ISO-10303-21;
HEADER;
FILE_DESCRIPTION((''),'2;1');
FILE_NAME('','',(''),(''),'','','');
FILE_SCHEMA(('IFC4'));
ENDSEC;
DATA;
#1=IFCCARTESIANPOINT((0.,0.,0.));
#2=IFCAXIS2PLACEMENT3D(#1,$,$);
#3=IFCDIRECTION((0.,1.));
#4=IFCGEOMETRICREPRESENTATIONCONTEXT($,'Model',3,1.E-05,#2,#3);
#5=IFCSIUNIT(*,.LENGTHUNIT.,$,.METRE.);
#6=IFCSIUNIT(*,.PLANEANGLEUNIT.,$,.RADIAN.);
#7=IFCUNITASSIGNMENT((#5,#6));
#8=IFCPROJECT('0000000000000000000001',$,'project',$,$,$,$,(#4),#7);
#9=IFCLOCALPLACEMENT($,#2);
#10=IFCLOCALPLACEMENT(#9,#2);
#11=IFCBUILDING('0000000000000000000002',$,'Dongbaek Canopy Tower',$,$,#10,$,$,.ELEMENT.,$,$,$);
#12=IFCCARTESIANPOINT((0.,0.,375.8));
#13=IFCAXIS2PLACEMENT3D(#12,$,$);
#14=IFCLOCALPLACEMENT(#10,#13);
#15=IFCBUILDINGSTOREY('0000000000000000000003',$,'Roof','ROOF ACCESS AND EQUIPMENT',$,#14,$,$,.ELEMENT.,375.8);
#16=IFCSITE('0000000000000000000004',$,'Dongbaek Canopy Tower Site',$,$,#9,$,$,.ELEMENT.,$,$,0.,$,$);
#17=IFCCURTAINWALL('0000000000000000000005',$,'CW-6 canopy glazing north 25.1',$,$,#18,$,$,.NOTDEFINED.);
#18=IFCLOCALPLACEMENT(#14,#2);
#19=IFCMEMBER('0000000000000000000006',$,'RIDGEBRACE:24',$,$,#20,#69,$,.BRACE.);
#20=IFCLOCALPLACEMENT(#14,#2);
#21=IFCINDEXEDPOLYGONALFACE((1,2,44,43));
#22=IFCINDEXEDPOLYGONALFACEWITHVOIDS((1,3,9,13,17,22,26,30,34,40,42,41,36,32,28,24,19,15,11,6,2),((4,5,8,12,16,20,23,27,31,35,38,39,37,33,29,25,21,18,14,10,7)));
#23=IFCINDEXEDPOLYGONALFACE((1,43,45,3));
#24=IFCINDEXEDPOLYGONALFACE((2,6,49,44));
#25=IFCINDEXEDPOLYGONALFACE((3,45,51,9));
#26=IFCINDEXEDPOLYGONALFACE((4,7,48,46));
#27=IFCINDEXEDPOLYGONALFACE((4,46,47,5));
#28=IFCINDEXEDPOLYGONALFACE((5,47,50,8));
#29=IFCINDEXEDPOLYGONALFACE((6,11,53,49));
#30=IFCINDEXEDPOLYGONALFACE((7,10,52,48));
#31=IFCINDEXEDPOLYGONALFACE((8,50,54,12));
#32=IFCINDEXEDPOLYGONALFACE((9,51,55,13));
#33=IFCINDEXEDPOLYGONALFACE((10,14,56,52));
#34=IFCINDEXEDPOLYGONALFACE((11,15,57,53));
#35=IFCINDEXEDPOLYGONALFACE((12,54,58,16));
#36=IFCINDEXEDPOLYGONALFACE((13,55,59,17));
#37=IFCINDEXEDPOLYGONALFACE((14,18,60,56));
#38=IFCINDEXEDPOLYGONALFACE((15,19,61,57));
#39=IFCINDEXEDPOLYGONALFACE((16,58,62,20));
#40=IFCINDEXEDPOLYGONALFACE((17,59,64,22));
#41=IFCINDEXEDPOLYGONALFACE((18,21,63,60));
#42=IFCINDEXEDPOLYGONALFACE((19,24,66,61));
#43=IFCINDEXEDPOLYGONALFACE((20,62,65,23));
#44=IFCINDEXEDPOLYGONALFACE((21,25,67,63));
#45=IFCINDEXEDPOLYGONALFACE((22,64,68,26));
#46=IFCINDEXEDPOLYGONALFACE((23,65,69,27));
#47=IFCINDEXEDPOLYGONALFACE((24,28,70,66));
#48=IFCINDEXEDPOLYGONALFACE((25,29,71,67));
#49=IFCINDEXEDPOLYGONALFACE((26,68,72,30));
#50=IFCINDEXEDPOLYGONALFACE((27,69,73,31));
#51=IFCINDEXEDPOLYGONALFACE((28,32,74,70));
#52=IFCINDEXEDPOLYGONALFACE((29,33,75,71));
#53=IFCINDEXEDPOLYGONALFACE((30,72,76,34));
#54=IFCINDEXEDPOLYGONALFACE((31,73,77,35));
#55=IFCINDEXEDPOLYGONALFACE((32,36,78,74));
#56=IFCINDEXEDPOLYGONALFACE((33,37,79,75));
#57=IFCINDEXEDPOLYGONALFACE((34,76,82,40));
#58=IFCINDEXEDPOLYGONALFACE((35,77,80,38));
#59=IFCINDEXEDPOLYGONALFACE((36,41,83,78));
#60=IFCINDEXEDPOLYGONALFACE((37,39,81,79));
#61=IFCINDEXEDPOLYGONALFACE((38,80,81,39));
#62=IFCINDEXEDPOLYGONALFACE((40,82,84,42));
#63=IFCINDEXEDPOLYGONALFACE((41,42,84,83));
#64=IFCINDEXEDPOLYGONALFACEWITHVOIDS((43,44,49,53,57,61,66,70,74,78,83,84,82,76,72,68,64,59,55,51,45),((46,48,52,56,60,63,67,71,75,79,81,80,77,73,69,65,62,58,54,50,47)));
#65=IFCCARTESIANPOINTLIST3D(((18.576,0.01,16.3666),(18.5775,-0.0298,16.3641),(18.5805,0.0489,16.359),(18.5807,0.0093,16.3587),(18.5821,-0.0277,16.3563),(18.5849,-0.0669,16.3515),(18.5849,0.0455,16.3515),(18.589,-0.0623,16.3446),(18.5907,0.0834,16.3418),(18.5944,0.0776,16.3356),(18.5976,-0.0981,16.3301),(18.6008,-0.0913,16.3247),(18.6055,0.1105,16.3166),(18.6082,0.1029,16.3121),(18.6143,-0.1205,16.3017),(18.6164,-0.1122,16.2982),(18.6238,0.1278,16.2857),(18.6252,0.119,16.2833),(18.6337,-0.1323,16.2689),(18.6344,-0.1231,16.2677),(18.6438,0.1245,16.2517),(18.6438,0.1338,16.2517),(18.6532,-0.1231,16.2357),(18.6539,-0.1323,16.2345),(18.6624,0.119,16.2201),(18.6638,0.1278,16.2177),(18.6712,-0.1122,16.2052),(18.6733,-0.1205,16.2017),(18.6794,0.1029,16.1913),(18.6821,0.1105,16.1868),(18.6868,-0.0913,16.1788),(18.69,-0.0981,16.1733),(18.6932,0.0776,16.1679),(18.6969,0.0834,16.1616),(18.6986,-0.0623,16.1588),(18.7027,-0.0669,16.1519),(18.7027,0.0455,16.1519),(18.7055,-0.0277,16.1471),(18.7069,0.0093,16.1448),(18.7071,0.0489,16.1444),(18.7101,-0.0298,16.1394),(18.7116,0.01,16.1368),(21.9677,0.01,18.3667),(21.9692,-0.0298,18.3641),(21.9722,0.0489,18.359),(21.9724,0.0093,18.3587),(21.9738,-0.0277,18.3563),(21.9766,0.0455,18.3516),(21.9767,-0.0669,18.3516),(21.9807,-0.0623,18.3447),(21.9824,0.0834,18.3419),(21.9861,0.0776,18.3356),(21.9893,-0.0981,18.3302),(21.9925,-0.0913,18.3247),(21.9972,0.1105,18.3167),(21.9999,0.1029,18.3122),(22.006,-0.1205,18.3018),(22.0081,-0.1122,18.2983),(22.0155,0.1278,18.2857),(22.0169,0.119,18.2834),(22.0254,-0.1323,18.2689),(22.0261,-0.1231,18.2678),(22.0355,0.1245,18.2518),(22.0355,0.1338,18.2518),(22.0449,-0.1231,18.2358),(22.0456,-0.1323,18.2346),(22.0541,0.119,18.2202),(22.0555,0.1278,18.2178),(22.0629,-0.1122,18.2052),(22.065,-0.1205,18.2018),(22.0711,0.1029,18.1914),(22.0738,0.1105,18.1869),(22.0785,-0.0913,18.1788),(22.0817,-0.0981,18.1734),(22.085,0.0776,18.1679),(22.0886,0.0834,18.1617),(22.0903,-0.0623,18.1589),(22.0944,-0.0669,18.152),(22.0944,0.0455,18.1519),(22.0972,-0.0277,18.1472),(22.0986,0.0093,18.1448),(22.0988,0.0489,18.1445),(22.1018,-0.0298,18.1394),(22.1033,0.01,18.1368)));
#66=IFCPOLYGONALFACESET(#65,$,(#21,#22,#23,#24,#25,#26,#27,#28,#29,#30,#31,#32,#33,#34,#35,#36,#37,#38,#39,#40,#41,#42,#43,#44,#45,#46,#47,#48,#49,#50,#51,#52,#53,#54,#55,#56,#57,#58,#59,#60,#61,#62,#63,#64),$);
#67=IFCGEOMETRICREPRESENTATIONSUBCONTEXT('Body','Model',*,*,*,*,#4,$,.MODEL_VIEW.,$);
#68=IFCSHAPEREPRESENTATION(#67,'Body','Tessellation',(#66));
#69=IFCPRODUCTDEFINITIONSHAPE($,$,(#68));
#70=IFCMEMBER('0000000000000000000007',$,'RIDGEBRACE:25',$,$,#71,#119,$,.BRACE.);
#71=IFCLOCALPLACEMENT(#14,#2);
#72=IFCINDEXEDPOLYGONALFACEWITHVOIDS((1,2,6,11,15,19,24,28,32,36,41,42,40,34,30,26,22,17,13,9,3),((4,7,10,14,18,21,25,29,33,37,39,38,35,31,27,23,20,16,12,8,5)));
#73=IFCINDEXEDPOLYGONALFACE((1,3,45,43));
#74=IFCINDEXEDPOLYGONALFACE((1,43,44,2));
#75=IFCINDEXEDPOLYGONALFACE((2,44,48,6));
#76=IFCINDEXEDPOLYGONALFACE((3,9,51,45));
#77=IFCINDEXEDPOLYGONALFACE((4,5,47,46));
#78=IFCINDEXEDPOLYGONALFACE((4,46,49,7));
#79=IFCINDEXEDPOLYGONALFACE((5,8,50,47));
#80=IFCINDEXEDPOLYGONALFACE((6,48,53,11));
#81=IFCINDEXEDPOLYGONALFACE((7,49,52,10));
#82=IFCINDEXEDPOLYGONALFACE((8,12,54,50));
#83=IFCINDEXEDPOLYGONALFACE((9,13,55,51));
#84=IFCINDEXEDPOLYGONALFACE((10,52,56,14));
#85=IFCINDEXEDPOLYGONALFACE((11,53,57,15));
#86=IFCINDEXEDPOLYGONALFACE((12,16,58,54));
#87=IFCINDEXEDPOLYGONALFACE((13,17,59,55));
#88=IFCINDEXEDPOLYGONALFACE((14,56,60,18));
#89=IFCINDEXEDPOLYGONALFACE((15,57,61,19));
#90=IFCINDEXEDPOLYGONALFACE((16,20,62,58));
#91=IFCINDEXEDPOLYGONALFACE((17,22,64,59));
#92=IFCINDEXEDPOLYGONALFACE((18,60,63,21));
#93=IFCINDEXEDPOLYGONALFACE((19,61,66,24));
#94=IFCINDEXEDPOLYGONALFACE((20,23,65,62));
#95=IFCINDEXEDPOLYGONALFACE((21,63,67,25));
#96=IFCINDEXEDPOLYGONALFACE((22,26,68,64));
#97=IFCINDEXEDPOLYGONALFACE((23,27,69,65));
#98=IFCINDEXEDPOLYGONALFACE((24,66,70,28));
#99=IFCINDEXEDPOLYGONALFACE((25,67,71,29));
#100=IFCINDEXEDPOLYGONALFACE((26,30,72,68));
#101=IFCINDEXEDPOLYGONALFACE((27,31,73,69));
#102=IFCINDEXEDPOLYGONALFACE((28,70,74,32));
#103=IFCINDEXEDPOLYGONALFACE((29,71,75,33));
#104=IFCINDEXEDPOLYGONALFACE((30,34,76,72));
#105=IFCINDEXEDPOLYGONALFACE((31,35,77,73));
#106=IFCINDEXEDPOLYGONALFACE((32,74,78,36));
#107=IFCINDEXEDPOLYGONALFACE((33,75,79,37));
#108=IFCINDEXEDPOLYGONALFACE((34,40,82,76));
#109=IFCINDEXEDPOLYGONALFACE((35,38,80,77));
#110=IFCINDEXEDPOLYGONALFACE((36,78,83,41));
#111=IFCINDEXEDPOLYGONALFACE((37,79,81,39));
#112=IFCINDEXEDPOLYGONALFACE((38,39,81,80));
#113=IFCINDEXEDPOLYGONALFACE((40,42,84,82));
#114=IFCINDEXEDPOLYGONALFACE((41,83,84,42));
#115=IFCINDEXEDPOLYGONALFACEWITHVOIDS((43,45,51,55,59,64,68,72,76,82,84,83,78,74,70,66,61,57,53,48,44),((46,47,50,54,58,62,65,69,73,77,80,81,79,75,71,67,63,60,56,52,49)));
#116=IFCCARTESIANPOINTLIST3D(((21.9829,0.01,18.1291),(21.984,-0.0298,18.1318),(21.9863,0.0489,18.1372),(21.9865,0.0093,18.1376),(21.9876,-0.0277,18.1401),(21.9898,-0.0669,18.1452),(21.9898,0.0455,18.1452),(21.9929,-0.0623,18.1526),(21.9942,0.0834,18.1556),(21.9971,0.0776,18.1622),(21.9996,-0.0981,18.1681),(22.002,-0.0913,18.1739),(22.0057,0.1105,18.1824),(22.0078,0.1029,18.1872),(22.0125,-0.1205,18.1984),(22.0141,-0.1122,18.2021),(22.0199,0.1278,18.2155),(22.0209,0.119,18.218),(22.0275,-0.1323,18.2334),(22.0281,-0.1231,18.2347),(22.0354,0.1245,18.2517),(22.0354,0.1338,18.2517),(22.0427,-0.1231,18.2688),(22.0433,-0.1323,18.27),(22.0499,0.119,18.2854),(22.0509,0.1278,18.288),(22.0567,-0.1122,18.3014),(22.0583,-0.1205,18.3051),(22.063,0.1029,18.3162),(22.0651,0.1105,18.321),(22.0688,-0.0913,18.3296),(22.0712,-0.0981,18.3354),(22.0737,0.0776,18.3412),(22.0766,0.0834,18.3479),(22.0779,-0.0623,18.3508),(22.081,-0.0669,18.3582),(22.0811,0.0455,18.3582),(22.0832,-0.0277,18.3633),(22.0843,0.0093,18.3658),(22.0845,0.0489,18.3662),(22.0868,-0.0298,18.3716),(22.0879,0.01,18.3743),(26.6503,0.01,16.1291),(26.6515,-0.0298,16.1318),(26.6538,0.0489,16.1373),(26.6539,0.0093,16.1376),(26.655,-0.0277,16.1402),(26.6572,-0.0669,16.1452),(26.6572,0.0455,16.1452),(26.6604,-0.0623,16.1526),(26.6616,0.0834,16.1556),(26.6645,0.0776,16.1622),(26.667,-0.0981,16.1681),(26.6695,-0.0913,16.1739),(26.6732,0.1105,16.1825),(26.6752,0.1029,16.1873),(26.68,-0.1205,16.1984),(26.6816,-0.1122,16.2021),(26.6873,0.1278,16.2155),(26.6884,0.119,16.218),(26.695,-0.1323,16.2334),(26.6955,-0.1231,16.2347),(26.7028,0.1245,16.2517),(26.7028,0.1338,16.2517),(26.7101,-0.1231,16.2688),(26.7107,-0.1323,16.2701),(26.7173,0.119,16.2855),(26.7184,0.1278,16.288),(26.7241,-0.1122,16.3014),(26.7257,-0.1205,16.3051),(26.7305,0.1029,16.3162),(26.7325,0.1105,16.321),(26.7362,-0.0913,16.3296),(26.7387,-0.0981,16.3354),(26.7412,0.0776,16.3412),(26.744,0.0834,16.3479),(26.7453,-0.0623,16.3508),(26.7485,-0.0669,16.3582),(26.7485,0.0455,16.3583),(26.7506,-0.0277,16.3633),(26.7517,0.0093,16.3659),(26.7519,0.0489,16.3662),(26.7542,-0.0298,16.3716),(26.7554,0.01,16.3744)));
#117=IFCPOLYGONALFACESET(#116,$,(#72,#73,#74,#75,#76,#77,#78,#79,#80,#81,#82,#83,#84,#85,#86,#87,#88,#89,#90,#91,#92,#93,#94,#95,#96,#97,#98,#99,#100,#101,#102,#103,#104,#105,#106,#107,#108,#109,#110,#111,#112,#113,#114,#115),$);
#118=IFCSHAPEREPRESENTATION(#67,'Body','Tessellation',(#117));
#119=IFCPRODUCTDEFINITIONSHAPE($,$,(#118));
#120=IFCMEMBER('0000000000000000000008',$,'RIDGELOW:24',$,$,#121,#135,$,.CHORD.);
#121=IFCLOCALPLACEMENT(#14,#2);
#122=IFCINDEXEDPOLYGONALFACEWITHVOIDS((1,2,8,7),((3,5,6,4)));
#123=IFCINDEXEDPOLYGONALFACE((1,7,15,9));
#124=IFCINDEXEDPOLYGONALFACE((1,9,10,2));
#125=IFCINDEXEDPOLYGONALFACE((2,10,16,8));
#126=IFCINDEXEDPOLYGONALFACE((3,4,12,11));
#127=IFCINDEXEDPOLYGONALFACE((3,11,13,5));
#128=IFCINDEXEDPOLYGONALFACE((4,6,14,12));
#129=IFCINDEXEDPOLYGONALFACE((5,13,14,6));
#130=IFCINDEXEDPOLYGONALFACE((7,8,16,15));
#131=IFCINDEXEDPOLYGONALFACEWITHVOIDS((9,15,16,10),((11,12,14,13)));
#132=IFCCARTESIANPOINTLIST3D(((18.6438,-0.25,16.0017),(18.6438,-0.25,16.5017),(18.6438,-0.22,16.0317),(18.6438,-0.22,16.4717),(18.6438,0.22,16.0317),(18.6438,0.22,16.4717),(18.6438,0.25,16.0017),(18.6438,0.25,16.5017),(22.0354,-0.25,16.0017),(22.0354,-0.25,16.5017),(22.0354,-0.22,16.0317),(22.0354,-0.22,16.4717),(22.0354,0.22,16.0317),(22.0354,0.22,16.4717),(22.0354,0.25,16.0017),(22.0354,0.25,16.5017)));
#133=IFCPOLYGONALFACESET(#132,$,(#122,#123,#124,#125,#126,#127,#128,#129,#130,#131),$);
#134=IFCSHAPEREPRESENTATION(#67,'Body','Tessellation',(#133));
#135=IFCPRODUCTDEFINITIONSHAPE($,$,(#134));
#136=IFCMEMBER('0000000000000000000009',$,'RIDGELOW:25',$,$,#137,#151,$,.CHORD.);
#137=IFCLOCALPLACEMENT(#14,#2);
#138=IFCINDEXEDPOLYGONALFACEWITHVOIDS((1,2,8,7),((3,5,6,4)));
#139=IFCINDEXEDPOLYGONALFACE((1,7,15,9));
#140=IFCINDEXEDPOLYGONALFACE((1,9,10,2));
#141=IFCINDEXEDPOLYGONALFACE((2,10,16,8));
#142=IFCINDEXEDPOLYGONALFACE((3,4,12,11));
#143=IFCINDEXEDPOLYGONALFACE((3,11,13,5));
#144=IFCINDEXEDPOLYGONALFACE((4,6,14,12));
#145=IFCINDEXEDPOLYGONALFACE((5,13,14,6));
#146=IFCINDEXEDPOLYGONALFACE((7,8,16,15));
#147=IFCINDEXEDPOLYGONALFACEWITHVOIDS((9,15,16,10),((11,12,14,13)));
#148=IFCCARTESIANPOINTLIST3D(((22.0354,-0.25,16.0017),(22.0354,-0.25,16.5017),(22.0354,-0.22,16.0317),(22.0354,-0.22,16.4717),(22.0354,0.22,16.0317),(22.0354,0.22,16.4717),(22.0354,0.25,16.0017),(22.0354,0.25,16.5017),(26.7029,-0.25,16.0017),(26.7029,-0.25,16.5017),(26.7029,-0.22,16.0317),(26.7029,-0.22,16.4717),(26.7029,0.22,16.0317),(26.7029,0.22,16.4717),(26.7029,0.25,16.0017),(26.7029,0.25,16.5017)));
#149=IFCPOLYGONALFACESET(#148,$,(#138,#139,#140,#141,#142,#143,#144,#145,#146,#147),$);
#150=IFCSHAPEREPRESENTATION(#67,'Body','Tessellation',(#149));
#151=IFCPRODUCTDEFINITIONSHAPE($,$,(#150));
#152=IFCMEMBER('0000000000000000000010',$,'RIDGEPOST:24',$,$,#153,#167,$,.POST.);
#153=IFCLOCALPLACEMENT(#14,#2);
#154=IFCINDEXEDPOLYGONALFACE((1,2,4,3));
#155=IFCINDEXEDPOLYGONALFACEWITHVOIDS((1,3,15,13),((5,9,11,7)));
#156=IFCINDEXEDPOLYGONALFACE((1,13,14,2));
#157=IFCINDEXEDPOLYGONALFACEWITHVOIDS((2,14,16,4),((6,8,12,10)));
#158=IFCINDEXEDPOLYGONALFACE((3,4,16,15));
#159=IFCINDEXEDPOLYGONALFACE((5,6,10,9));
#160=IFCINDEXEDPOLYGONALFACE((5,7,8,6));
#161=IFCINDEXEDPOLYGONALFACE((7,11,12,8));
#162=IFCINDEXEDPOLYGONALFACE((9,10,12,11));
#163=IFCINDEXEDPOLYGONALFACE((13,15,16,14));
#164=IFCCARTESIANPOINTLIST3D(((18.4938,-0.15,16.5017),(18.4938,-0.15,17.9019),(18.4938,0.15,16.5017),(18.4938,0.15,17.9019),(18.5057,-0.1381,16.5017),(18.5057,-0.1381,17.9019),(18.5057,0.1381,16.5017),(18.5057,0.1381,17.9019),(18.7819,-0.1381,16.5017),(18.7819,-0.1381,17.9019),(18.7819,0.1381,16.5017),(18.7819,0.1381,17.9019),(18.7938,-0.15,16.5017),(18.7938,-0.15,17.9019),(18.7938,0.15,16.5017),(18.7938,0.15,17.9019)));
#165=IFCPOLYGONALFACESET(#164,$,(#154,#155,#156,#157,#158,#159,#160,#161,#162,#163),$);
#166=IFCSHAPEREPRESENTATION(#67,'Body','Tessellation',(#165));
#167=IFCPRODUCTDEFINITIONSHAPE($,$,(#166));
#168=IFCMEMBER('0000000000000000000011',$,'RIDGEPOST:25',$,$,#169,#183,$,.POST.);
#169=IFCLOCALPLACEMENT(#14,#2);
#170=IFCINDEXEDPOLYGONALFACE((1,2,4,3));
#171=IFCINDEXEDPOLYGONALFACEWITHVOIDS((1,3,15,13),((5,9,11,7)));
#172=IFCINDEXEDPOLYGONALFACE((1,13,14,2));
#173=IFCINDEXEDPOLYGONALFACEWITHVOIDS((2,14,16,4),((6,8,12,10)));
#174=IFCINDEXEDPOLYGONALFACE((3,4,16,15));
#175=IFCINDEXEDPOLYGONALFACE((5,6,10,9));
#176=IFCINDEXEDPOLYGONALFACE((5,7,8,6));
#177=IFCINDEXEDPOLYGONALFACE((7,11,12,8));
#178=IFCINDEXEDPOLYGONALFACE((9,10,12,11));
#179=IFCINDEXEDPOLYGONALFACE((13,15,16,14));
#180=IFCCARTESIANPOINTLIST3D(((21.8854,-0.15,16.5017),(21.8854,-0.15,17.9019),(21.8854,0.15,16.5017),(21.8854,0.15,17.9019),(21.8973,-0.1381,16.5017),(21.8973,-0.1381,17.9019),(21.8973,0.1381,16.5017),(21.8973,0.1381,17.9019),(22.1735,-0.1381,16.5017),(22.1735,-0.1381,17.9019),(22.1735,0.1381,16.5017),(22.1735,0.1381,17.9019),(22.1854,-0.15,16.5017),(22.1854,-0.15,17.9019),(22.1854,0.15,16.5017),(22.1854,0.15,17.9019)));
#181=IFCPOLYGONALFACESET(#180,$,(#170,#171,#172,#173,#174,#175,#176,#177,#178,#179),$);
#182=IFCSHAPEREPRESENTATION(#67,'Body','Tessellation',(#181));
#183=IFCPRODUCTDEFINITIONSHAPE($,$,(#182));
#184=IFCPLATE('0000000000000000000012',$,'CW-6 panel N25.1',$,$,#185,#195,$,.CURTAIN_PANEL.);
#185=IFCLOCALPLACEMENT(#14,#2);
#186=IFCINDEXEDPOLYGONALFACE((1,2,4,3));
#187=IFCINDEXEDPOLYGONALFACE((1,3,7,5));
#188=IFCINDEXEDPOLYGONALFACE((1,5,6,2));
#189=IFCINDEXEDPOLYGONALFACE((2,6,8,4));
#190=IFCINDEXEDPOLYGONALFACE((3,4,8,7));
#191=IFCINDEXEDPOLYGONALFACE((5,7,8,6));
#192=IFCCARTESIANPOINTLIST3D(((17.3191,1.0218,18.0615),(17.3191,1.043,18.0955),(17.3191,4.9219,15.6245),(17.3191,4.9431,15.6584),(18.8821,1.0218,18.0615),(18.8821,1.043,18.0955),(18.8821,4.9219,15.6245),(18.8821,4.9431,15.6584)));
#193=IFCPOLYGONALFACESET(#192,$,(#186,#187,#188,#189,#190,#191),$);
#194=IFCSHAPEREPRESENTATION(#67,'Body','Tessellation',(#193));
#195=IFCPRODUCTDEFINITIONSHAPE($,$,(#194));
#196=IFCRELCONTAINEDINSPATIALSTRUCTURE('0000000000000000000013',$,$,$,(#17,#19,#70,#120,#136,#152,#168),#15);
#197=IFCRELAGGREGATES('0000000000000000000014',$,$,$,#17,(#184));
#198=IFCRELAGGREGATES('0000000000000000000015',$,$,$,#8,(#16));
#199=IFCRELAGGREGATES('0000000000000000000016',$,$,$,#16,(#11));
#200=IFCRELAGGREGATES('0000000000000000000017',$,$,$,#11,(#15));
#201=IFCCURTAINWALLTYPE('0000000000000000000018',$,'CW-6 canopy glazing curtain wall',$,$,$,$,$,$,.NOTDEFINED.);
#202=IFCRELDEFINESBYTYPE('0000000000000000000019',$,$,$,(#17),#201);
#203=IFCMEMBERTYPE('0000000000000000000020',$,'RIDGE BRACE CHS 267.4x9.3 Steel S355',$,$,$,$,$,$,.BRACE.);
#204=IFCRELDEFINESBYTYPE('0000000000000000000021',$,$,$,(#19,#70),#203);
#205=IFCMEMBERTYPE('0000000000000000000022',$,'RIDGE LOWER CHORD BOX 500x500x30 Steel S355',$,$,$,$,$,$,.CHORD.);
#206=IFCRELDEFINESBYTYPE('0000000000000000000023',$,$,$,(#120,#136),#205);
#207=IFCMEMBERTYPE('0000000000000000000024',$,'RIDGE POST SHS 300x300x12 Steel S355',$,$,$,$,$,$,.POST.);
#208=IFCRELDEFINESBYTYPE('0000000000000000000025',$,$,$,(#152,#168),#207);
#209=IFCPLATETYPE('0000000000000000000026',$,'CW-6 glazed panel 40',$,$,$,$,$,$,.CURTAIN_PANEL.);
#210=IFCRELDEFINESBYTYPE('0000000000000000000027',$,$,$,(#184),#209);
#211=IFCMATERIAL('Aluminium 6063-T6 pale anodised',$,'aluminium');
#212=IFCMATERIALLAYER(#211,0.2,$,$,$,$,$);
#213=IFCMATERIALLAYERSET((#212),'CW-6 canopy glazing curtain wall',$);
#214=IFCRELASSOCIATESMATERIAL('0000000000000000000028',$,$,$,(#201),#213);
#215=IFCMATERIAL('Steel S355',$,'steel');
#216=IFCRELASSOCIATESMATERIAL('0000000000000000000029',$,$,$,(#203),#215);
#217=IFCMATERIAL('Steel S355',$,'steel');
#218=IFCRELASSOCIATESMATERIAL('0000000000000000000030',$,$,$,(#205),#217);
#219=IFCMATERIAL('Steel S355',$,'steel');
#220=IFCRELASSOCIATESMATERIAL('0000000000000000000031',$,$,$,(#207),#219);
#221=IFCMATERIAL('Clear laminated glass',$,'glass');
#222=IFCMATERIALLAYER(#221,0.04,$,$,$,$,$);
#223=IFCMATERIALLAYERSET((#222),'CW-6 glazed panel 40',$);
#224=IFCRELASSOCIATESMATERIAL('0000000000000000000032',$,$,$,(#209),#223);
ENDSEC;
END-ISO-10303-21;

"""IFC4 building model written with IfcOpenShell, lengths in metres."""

from ifc_helpers import new_model, si_unit, direction, frame, origin, origin_2d, place, context, subcontext, project, spatial, polyline, hollow_rectangle, hollow_circle, outline, extrude, material, layer, layer_set, material_profile, profile_set, type_object, element, aggregate, save


model = new_model("IFC4")

# Units and contexts
model_context = context("Model", 3, precision=1e-05, world=origin(), true_north=direction((0.0, 1.0)))
body_context = subcontext(model_context, "Body", "Model", "MODEL_VIEW")
ifc_project = project(units=[si_unit("LENGTHUNIT", "METRE"), si_unit("PLANEANGLEUNIT", "RADIAN")], contexts=[model_context])

# Site, building, storey
site_placement = place(None, origin())
site = spatial("IfcSite", under=ifc_project, at=site_placement, Name="Dongbaek Canopy Tower Site", CompositionType="ELEMENT", RefElevation=0.0)
building_placement = place(site_placement, origin())
building = spatial("IfcBuilding", under=site, at=building_placement, Name="Dongbaek Canopy Tower", CompositionType="ELEMENT")
storey_placement = place(building_placement, frame((0.0, 0.0, 375.8)))
storey = spatial("IfcBuildingStorey", under=building, at=storey_placement, Name="Roof", Description="ROOF ACCESS AND EQUIPMENT", CompositionType="ELEMENT", Elevation=375.8)

# Curtain wall
ifc_material_1 = material(Name="Aluminium 6063-T6 pale anodised", Category="aluminium")
ifc_layer_1 = layer(ifc_material_1, 0.2)
ifc_layer_set_1 = layer_set([ifc_layer_1], Name="CW-6 canopy glazing curtain wall")
curtain_wall_type = type_object("IfcCurtainWallType", Name="CW-6 canopy glazing curtain wall", PredefinedType="NOTDEFINED", material=ifc_layer_set_1)
curtain_wall_1_placement = place(storey_placement, origin())
curtain_wall_1 = element("IfcCurtainWall", 1, at=curtain_wall_1_placement, inside=storey, type_object=curtain_wall_type, Name="CW-6 canopy glazing north 25.1", PredefinedType="NOTDEFINED")

# Members
ifc_material_2 = material(Name="Steel S355", Category="steel")
ifc_material_profile_1 = material_profile(ifc_material_2, hollow_circle(Radius=0.1338, WallThickness=0.0093, at=origin_2d()), Name="RIDGE BRACE CHS 267.4x9.3 Steel S355")
ifc_profile_set_1 = profile_set([ifc_material_profile_1], Name="Steel S355")
member_type_1 = type_object("IfcMemberType", Name="RIDGE BRACE CHS 267.4x9.3 Steel S355", PredefinedType="BRACE", material=ifc_profile_set_1)
member_1_placement = place(storey_placement, frame((18.6438, 0.0, 16.2517), z_axis=(0.861385, 0.0, 0.507952), x_axis=(0.0, 1.0, 0.0)))
element("IfcMember", 2, at=member_1_placement, inside=storey, type_object=member_type_1, Name="RIDGEBRACE:24", PredefinedType="BRACE", context=body_context, shape_type="SweptSolid", body=[
    extrude(hollow_circle(Radius=0.1338, WallThickness=0.0093, at=origin_2d()), origin(), (0.0, 0.0, 1.0), 3.9375),
])
member_2_placement = place(storey_placement, frame((22.0354, 0.0, 18.2517), z_axis=(0.91917, 0.0, -0.393861), x_axis=(0.0, 1.0, 0.0)))
element("IfcMember", 3, at=member_2_placement, inside=storey, type_object=member_type_1, Name="RIDGEBRACE:25", PredefinedType="BRACE", context=body_context, shape_type="SweptSolid", body=[
    extrude(hollow_circle(Radius=0.1338, WallThickness=0.0093, at=origin_2d()), origin(), (0.0, 0.0, 1.0), 5.0779),
])
ifc_material_3 = material(Name="Steel S355", Category="steel")
ifc_material_profile_2 = material_profile(ifc_material_3, hollow_rectangle(XDim=0.5, YDim=0.5, WallThickness=0.03, at=origin_2d()), Name="RIDGE LOWER CHORD BOX 500x500x30 Steel S355")
ifc_profile_set_2 = profile_set([ifc_material_profile_2], Name="Steel S355")
member_type_2 = type_object("IfcMemberType", Name="RIDGE LOWER CHORD BOX 500x500x30 Steel S355", PredefinedType="CHORD", material=ifc_profile_set_2)
member_3_placement = place(storey_placement, frame((18.6438, 0.0, 16.2517), z_axis=(1.0, 0.0, 0.0), x_axis=(0.0, 1.0, 0.0)))
element("IfcMember", 4, at=member_3_placement, inside=storey, type_object=member_type_2, Name="RIDGELOW:24", PredefinedType="CHORD", context=body_context, shape_type="SweptSolid", body=[
    extrude(hollow_rectangle(XDim=0.5, YDim=0.5, WallThickness=0.03, at=origin_2d()), origin(), (0.0, 0.0, 1.0), 3.3916),
])
member_4_placement = place(storey_placement, frame((22.0354, 0.0, 16.2517), z_axis=(1.0, 0.0, 0.0), x_axis=(0.0, 1.0, 0.0)))
element("IfcMember", 5, at=member_4_placement, inside=storey, type_object=member_type_2, Name="RIDGELOW:25", PredefinedType="CHORD", context=body_context, shape_type="SweptSolid", body=[
    extrude(hollow_rectangle(XDim=0.5, YDim=0.5, WallThickness=0.03, at=origin_2d()), origin(), (0.0, 0.0, 1.0), 4.6675),
])
ifc_material_4 = material(Name="Steel S355", Category="steel")
ifc_material_profile_3 = material_profile(ifc_material_4, hollow_rectangle(XDim=0.3, YDim=0.3, WallThickness=0.012, at=origin_2d()), Name="RIDGE POST SHS 300x300x12 Steel S355")
ifc_profile_set_3 = profile_set([ifc_material_profile_3], Name="Steel S355")
member_type_3 = type_object("IfcMemberType", Name="RIDGE POST SHS 300x300x12 Steel S355", PredefinedType="POST", material=ifc_profile_set_3)
for number, where, z_axis, x_axis, name in (
    (6, (18.6438, 0.0, 16.5017), (0.0, 0.0, 1.0), (1.0, 0.0, 0.0), "RIDGEPOST:24"),
    (7, (22.0354, 0.0, 16.5017), (0.0, 0.0, 1.0), (1.0, 0.0, 0.0), "RIDGEPOST:25"),
):
    element("IfcMember", number, at=place(storey_placement, frame(where, z_axis=z_axis, x_axis=x_axis)), inside=storey, type_object=member_type_3, Name=name, PredefinedType="POST", context=body_context, shape_type="SweptSolid", body=[
        extrude(hollow_rectangle(XDim=0.3, YDim=0.3, WallThickness=0.012, at=origin_2d()), origin(), (0.0, 0.0, 1.0), 1.4001),
    ])

# Plate
ifc_material_5 = material(Name="Clear laminated glass", Category="glass")
ifc_layer_2 = layer(ifc_material_5, 0.04)
ifc_layer_set_2 = layer_set([ifc_layer_2], Name="CW-6 glazed panel 40")
plate_type = type_object("IfcPlateType", Name="CW-6 glazed panel 40", PredefinedType="CURTAIN_PANEL", material=ifc_layer_set_2)
plate_1_placement = place(storey_placement, frame((18.8821, 1.043, 18.0955), z_axis=(0.0, 0.529908, 0.848055), x_axis=(-1.0, 0.0, 0.0)))
plate_1 = element("IfcPlate", 8, at=plate_1_placement, type_object=plate_type, Name="CW-6 panel N25.1", PredefinedType="CURTAIN_PANEL", context=body_context, shape_type="SweptSolid", body=[
    extrude(outline(polyline([(0.0, 0.0), (1.563, 0.0), (1.563, -4.5989), (0.0, -4.5989), (0.0, 0.0)])), origin(), (0.0, 0.0, -1.0), 0.04),
])
aggregate(curtain_wall_1, [plate_1])

save(model, "model.ifc")
